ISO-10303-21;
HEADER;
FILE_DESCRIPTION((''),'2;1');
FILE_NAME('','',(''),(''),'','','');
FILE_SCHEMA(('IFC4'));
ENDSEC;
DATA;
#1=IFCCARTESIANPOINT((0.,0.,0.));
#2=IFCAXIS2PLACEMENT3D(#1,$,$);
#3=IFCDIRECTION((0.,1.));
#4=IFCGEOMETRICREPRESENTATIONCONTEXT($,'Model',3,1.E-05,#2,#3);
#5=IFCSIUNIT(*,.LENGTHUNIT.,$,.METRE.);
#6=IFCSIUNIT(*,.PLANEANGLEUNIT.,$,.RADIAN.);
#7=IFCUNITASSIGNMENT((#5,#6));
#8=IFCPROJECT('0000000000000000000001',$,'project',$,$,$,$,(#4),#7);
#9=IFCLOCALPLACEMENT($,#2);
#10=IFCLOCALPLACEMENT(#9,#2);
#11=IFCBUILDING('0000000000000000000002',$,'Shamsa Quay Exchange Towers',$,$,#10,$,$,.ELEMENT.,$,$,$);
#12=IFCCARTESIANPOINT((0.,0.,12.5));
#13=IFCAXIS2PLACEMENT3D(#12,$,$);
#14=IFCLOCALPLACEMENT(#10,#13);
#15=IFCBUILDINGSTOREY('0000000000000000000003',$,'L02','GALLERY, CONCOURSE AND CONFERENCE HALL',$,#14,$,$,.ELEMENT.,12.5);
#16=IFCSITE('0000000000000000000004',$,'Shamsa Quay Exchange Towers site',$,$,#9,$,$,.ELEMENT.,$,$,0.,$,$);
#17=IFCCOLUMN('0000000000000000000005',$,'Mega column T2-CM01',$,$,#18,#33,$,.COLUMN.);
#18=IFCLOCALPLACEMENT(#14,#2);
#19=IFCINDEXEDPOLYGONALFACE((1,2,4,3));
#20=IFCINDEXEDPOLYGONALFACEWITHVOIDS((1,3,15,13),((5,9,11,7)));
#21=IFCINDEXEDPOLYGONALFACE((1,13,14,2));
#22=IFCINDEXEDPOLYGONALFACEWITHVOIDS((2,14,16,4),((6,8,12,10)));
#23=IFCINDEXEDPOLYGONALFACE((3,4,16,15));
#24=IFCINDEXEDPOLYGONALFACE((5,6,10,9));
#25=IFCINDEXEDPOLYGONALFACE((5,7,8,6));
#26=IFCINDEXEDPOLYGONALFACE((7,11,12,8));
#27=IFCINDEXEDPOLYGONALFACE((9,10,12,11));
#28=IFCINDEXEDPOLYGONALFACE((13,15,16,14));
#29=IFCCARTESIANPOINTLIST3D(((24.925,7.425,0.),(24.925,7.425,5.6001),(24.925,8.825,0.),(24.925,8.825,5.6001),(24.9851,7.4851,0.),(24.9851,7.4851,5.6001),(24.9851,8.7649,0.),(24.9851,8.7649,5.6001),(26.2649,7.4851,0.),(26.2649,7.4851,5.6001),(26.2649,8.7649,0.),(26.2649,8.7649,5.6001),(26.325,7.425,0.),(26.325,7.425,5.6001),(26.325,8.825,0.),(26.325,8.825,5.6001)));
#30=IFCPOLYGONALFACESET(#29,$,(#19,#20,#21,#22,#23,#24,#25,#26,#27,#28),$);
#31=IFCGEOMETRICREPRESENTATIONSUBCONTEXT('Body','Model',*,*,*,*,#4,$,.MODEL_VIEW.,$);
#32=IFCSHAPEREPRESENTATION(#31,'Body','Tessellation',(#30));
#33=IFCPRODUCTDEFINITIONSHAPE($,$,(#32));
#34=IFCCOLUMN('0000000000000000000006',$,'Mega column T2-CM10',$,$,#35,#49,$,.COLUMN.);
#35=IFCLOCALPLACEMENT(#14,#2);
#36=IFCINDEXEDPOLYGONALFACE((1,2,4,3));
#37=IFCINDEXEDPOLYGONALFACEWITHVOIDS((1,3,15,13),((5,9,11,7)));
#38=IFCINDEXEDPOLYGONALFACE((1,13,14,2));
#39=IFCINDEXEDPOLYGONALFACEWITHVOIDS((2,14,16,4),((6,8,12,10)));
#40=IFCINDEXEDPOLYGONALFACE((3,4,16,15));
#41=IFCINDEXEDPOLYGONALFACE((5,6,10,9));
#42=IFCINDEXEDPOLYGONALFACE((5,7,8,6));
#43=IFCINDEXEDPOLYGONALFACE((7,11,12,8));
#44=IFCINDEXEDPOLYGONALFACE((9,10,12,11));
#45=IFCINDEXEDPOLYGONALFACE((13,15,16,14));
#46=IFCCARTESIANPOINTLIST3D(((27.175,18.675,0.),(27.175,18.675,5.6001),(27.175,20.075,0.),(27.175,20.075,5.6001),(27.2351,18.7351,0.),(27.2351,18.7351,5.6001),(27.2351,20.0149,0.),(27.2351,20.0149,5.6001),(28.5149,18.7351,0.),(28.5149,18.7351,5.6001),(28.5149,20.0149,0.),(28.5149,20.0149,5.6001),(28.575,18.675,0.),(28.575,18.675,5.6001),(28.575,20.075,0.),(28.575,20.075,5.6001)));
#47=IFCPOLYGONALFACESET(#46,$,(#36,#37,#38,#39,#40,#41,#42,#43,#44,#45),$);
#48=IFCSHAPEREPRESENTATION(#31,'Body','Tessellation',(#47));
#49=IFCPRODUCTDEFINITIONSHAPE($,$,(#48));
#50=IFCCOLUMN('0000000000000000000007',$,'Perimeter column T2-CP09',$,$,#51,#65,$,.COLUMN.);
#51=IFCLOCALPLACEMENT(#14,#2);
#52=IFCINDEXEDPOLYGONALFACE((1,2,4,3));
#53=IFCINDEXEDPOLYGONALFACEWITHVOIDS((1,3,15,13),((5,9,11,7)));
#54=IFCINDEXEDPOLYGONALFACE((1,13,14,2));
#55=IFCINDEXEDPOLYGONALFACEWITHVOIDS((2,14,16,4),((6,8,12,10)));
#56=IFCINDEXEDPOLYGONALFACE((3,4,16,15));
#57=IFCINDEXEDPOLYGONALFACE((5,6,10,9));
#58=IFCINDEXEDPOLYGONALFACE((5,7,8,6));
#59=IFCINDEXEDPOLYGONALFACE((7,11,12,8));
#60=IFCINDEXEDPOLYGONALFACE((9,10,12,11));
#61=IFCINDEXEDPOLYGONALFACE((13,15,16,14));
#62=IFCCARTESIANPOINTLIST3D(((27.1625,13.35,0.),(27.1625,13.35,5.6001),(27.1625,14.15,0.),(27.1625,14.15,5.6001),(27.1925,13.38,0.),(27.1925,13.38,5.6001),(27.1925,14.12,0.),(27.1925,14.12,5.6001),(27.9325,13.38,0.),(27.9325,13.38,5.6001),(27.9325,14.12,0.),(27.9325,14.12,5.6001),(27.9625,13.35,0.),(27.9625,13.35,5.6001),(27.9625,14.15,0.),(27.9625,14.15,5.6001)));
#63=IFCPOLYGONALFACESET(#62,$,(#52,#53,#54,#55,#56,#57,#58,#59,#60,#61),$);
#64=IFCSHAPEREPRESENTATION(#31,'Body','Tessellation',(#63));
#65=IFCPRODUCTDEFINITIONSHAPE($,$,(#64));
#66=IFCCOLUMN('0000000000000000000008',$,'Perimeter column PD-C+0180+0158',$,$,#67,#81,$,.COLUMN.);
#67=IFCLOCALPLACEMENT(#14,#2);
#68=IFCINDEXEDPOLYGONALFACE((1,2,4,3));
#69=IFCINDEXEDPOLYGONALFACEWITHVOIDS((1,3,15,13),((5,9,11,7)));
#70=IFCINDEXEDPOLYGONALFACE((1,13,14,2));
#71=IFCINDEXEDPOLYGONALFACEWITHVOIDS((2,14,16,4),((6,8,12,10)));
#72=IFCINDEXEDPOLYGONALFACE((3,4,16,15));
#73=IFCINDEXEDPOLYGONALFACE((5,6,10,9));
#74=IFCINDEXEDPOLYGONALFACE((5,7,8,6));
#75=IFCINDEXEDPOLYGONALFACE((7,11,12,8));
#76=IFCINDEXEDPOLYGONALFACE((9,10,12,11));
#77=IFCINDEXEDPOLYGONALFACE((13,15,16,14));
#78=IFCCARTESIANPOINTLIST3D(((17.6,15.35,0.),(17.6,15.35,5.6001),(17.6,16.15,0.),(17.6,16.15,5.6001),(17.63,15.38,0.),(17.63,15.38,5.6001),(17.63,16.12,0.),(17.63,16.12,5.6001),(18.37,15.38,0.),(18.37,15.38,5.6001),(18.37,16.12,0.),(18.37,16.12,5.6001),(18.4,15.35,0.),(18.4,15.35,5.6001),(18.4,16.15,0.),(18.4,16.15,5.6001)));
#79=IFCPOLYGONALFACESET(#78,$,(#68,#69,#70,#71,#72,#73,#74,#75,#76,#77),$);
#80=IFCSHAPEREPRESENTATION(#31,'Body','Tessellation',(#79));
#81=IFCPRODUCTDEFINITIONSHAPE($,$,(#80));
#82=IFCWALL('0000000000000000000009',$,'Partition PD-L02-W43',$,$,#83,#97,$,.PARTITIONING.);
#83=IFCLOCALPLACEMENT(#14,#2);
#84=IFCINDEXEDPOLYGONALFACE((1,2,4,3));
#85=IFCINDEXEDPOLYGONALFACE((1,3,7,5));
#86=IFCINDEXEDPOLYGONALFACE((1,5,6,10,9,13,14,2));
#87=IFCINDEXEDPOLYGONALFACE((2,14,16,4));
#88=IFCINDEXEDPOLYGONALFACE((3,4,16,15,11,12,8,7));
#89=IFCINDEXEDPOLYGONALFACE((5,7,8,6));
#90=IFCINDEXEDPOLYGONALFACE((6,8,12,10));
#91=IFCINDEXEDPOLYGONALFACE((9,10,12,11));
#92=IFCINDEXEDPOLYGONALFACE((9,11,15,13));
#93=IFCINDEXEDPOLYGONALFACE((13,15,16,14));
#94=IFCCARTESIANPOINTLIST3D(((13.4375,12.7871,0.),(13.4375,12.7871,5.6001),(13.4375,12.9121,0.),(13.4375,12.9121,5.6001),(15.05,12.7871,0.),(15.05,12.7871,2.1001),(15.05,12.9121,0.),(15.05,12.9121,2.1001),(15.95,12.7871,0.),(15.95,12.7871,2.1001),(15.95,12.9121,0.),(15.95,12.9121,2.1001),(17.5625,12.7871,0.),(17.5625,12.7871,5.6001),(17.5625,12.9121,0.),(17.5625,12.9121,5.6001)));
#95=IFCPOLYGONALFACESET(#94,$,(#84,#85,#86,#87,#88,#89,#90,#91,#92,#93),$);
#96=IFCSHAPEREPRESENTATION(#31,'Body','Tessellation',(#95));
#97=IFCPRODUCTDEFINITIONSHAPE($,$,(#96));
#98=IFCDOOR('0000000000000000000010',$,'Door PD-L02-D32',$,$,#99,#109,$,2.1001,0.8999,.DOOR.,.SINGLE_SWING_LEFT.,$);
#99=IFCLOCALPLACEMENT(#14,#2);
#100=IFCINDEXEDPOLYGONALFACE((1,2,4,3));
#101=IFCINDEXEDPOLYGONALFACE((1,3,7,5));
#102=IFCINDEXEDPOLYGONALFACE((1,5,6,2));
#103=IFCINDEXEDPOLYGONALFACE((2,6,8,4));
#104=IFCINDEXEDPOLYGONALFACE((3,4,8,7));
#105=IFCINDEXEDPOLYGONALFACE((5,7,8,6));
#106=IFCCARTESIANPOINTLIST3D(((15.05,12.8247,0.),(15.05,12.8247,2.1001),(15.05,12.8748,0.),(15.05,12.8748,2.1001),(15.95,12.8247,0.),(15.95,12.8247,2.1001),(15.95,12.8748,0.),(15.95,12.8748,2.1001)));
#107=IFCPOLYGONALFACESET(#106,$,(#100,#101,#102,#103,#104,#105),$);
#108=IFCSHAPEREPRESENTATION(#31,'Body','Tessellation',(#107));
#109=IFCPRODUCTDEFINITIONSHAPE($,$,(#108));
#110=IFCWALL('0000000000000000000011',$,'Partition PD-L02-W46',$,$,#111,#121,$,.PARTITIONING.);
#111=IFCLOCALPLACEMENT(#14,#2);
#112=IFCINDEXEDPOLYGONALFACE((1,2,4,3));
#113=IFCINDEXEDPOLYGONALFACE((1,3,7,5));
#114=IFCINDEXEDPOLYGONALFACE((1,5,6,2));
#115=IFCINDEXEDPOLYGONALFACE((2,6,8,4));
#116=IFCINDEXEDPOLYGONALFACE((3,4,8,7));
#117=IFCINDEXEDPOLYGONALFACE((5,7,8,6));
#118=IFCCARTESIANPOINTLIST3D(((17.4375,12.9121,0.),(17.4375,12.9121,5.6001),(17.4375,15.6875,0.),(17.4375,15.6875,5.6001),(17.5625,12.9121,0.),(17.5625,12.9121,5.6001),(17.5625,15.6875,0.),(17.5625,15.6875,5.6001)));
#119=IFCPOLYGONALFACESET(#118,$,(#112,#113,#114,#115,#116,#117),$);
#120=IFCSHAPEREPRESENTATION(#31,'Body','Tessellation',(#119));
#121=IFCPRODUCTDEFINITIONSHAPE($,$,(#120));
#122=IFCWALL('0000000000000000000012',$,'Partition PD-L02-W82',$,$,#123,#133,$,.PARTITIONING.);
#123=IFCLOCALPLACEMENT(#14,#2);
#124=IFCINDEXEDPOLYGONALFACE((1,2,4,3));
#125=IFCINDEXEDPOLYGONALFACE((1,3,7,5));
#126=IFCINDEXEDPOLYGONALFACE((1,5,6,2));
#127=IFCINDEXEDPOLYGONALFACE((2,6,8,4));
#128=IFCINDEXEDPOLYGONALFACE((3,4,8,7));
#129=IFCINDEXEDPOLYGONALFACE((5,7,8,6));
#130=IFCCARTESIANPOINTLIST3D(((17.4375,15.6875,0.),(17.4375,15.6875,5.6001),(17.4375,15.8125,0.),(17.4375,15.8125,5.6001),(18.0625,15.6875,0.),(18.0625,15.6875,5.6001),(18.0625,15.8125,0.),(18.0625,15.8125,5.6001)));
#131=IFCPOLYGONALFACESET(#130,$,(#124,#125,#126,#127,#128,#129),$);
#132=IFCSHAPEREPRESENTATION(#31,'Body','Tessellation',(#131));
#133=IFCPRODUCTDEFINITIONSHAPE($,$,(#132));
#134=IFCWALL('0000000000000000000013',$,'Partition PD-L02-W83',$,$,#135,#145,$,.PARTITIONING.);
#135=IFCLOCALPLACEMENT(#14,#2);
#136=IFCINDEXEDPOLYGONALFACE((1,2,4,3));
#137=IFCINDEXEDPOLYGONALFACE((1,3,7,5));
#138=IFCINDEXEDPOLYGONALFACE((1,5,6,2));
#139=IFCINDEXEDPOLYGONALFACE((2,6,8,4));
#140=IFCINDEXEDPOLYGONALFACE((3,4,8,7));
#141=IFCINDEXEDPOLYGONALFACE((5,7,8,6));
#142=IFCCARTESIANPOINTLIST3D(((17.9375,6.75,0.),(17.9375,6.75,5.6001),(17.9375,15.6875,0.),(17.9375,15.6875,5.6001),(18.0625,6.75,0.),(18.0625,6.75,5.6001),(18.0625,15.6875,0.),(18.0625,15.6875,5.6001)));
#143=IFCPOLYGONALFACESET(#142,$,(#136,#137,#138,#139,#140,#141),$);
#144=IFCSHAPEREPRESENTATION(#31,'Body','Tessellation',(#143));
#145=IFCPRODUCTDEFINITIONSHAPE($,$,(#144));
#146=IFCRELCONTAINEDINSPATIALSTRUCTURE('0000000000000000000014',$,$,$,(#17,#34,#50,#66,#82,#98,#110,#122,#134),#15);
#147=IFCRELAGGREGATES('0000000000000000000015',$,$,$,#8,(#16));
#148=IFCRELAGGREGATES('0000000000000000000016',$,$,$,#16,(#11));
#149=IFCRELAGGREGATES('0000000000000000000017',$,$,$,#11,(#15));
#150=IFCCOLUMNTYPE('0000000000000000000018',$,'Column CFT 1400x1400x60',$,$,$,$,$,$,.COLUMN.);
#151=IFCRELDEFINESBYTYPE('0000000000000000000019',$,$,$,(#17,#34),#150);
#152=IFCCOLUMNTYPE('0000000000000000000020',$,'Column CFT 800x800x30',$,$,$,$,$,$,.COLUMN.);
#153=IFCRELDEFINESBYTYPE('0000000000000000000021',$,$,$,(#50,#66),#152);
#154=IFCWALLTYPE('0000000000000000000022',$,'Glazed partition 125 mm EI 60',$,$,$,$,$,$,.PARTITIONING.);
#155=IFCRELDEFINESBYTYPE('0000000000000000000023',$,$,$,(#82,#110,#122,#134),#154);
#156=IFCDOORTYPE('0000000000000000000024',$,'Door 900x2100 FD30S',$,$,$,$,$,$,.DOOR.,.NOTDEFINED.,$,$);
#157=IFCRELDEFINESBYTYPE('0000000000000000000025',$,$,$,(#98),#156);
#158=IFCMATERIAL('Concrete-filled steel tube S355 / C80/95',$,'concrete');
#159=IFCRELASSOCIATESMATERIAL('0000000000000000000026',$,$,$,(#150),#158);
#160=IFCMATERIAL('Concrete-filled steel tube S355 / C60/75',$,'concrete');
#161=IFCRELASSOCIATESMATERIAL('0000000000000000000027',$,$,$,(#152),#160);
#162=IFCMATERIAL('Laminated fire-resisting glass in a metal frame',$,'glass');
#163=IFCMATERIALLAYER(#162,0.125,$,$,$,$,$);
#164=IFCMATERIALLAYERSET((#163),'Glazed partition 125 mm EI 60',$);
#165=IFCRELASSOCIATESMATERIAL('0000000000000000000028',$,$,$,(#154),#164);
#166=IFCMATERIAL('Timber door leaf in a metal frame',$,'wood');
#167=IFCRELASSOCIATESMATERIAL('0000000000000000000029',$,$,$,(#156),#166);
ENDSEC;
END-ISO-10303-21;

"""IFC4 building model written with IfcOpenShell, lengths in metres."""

from ifc_helpers import new_model, si_unit, direction, frame, frame_2d, origin, origin_2d, place, context, subcontext, project, spatial, rectangle, hollow_rectangle, extrude, material, layer, layer_set, material_profile, profile_set, type_object, element, fill, save


model = new_model("IFC4")

# Units and contexts
model_context = context("Model", 3, precision=1e-05, world=origin(), true_north=direction((0.0, 1.0)))
body_context = subcontext(model_context, "Body", "Model", "MODEL_VIEW")
ifc_project = project(units=[si_unit("LENGTHUNIT", "METRE"), si_unit("PLANEANGLEUNIT", "RADIAN")], contexts=[model_context])

# Site, building, storey
site_placement = place(None, origin())
site = spatial("IfcSite", under=ifc_project, at=site_placement, Name="Shamsa Quay Exchange Towers site", CompositionType="ELEMENT", RefElevation=0.0)
building_placement = place(site_placement, origin())
building = spatial("IfcBuilding", under=site, at=building_placement, Name="Shamsa Quay Exchange Towers", CompositionType="ELEMENT")
storey_placement = place(building_placement, frame((0.0, 0.0, 12.5)))
storey = spatial("IfcBuildingStorey", under=building, at=storey_placement, Name="L02", Description="GALLERY, CONCOURSE AND CONFERENCE HALL", CompositionType="ELEMENT", Elevation=12.5)

# Columns
ifc_material_1 = material(Name="Concrete-filled steel tube S355 / C80/95", Category="concrete")
ifc_material_profile_1 = material_profile(ifc_material_1, hollow_rectangle(XDim=1.3999, YDim=1.3999, WallThickness=0.0601, at=origin_2d()), Name="CFT 1400x1400x60")
ifc_profile_set_1 = profile_set([ifc_material_profile_1], Name="Concrete-filled steel tube S355 / C80/95")
column_type_1 = type_object("IfcColumnType", Name="Column CFT 1400x1400x60", PredefinedType="COLUMN", material=ifc_profile_set_1)
for number, where, name in (
    (1, (25.625, 8.125, 0.0), "Mega column T2-CM01"),
    (2, (27.875, 19.375, 0.0), "Mega column T2-CM10"),
):
    element("IfcColumn", number, at=place(storey_placement, frame(where)), inside=storey, type_object=column_type_1, Name=name, PredefinedType="COLUMN", context=body_context, shape_type="SweptSolid", body=[
        extrude(hollow_rectangle(XDim=1.3999, YDim=1.3999, WallThickness=0.0601, at=origin_2d()), origin(), (0.0, 0.0, 1.0), 5.6001),
    ])
ifc_material_2 = material(Name="Concrete-filled steel tube S355 / C60/75", Category="concrete")
ifc_material_profile_2 = material_profile(ifc_material_2, hollow_rectangle(XDim=0.8, YDim=0.8, WallThickness=0.03, at=origin_2d()), Name="CFT 800x800x30")
ifc_profile_set_2 = profile_set([ifc_material_profile_2], Name="Concrete-filled steel tube S355 / C60/75")
column_type_2 = type_object("IfcColumnType", Name="Column CFT 800x800x30", PredefinedType="COLUMN", material=ifc_profile_set_2)
for number, where, name in (
    (3, (27.5625, 13.75, 0.0), "Perimeter column T2-CP09"),
    (4, (18.0, 15.75, 0.0), "Perimeter column PD-C+0180+0158"),
):
    element("IfcColumn", number, at=place(storey_placement, frame(where)), inside=storey, type_object=column_type_2, Name=name, PredefinedType="COLUMN", context=body_context, shape_type="SweptSolid", body=[
        extrude(hollow_rectangle(XDim=0.8, YDim=0.8, WallThickness=0.03, at=origin_2d()), origin(), (0.0, 0.0, 1.0), 5.6001),
    ])

# Wall, opening, door
ifc_material_3 = material(Name="Laminated fire-resisting glass in a metal frame", Category="glass")
ifc_layer_1 = layer(ifc_material_3, 0.125)
ifc_layer_set_1 = layer_set([ifc_layer_1], Name="Glazed partition 125 mm EI 60")
wall_type_1 = type_object("IfcWallType", Name="Glazed partition 125 mm EI 60", PredefinedType="PARTITIONING", material=ifc_layer_set_1)
wall_1_placement = place(storey_placement, frame((17.5625, 12.8496, 0.0), z_axis=(0.0, 0.0, 1.0), x_axis=(-1.0, 0.0, 0.0)))
wall_1 = element("IfcWall", 5, at=wall_1_placement, inside=storey, type_object=wall_type_1, Name="Partition PD-L02-W43", PredefinedType="PARTITIONING", context=body_context, shape_type="SweptSolid", body=[
    extrude(rectangle(XDim=4.125, YDim=0.125, at=frame_2d((2.0625, 0.0))), origin(), (0.0, 0.0, 1.0), 5.6001),
])
opening_1_placement = place(wall_1_placement, frame((1.6125, 0.0, 0.0)))
opening_1 = element("IfcOpeningElement", 6, at=opening_1_placement, cuts=wall_1, PredefinedType="OPENING", context=body_context, shape_type="SweptSolid", body=[
    extrude(rectangle(XDim=0.8999, YDim=2.1001, at=frame_2d((0.45, 1.05))), frame((0.0, 0.0725, 0.0), z_axis=(0.0, -1.0, 0.0), x_axis=(1.0, 0.0, 0.0)), (0.0, 0.0, 1.0), 0.145),
])
ifc_material_4 = material(Name="Timber door leaf in a metal frame", Category="wood")
door_type_1 = type_object("IfcDoorType", Name="Door 900x2100 FD30S", OperationType="NOTDEFINED", PredefinedType="DOOR", material=ifc_material_4)
door_1_placement = place(opening_1_placement, origin())
door_1 = element("IfcDoor", 7, at=door_1_placement, inside=storey, type_object=door_type_1, Name="Door PD-L02-D32", OperationType="SINGLE_SWING_LEFT", OverallHeight=2.1001, OverallWidth=0.8999, PredefinedType="DOOR", context=body_context, shape_type="SweptSolid", body=[
    extrude(rectangle(XDim=0.8999, YDim=2.1001, at=frame_2d((0.45, 1.05))), frame((0.0, 0.0249, 0.0), z_axis=(0.0, -1.0, 0.0), x_axis=(1.0, 0.0, 0.0)), (0.0, 0.0, 1.0), 0.05),
])
fill(opening_1, door_1)

# Walls
wall_2_placement = place(storey_placement, frame((17.5, 15.6875, 0.0), z_axis=(0.0, 0.0, 1.0), x_axis=(0.0, -1.0, 0.0)))
element("IfcWall", 8, at=wall_2_placement, inside=storey, type_object=wall_type_1, Name="Partition PD-L02-W46", PredefinedType="PARTITIONING", context=body_context, shape_type="SweptSolid", body=[
    extrude(rectangle(XDim=2.7754, YDim=0.125, at=frame_2d((1.3877, 0.0))), origin(), (0.0, 0.0, 1.0), 5.6001),
])
wall_3_placement = place(storey_placement, frame((17.4375, 15.75, 0.0)))
element("IfcWall", 9, at=wall_3_placement, inside=storey, type_object=wall_type_1, Name="Partition PD-L02-W82", PredefinedType="PARTITIONING", context=body_context, shape_type="SweptSolid", body=[
    extrude(rectangle(XDim=0.625, YDim=0.125, at=frame_2d((0.3125, 0.0))), origin(), (0.0, 0.0, 1.0), 5.6001),
])
wall_4_placement = place(storey_placement, frame((18.0, 15.6875, 0.0), z_axis=(0.0, 0.0, 1.0), x_axis=(0.0, -1.0, 0.0)))
element("IfcWall", 10, at=wall_4_placement, inside=storey, type_object=wall_type_1, Name="Partition PD-L02-W83", PredefinedType="PARTITIONING", context=body_context, shape_type="SweptSolid", body=[
    extrude(rectangle(XDim=8.9375, YDim=0.125, at=frame_2d((4.4688, 0.0))), origin(), (0.0, 0.0, 1.0), 5.6001),
])

save(model, "model.ifc")
